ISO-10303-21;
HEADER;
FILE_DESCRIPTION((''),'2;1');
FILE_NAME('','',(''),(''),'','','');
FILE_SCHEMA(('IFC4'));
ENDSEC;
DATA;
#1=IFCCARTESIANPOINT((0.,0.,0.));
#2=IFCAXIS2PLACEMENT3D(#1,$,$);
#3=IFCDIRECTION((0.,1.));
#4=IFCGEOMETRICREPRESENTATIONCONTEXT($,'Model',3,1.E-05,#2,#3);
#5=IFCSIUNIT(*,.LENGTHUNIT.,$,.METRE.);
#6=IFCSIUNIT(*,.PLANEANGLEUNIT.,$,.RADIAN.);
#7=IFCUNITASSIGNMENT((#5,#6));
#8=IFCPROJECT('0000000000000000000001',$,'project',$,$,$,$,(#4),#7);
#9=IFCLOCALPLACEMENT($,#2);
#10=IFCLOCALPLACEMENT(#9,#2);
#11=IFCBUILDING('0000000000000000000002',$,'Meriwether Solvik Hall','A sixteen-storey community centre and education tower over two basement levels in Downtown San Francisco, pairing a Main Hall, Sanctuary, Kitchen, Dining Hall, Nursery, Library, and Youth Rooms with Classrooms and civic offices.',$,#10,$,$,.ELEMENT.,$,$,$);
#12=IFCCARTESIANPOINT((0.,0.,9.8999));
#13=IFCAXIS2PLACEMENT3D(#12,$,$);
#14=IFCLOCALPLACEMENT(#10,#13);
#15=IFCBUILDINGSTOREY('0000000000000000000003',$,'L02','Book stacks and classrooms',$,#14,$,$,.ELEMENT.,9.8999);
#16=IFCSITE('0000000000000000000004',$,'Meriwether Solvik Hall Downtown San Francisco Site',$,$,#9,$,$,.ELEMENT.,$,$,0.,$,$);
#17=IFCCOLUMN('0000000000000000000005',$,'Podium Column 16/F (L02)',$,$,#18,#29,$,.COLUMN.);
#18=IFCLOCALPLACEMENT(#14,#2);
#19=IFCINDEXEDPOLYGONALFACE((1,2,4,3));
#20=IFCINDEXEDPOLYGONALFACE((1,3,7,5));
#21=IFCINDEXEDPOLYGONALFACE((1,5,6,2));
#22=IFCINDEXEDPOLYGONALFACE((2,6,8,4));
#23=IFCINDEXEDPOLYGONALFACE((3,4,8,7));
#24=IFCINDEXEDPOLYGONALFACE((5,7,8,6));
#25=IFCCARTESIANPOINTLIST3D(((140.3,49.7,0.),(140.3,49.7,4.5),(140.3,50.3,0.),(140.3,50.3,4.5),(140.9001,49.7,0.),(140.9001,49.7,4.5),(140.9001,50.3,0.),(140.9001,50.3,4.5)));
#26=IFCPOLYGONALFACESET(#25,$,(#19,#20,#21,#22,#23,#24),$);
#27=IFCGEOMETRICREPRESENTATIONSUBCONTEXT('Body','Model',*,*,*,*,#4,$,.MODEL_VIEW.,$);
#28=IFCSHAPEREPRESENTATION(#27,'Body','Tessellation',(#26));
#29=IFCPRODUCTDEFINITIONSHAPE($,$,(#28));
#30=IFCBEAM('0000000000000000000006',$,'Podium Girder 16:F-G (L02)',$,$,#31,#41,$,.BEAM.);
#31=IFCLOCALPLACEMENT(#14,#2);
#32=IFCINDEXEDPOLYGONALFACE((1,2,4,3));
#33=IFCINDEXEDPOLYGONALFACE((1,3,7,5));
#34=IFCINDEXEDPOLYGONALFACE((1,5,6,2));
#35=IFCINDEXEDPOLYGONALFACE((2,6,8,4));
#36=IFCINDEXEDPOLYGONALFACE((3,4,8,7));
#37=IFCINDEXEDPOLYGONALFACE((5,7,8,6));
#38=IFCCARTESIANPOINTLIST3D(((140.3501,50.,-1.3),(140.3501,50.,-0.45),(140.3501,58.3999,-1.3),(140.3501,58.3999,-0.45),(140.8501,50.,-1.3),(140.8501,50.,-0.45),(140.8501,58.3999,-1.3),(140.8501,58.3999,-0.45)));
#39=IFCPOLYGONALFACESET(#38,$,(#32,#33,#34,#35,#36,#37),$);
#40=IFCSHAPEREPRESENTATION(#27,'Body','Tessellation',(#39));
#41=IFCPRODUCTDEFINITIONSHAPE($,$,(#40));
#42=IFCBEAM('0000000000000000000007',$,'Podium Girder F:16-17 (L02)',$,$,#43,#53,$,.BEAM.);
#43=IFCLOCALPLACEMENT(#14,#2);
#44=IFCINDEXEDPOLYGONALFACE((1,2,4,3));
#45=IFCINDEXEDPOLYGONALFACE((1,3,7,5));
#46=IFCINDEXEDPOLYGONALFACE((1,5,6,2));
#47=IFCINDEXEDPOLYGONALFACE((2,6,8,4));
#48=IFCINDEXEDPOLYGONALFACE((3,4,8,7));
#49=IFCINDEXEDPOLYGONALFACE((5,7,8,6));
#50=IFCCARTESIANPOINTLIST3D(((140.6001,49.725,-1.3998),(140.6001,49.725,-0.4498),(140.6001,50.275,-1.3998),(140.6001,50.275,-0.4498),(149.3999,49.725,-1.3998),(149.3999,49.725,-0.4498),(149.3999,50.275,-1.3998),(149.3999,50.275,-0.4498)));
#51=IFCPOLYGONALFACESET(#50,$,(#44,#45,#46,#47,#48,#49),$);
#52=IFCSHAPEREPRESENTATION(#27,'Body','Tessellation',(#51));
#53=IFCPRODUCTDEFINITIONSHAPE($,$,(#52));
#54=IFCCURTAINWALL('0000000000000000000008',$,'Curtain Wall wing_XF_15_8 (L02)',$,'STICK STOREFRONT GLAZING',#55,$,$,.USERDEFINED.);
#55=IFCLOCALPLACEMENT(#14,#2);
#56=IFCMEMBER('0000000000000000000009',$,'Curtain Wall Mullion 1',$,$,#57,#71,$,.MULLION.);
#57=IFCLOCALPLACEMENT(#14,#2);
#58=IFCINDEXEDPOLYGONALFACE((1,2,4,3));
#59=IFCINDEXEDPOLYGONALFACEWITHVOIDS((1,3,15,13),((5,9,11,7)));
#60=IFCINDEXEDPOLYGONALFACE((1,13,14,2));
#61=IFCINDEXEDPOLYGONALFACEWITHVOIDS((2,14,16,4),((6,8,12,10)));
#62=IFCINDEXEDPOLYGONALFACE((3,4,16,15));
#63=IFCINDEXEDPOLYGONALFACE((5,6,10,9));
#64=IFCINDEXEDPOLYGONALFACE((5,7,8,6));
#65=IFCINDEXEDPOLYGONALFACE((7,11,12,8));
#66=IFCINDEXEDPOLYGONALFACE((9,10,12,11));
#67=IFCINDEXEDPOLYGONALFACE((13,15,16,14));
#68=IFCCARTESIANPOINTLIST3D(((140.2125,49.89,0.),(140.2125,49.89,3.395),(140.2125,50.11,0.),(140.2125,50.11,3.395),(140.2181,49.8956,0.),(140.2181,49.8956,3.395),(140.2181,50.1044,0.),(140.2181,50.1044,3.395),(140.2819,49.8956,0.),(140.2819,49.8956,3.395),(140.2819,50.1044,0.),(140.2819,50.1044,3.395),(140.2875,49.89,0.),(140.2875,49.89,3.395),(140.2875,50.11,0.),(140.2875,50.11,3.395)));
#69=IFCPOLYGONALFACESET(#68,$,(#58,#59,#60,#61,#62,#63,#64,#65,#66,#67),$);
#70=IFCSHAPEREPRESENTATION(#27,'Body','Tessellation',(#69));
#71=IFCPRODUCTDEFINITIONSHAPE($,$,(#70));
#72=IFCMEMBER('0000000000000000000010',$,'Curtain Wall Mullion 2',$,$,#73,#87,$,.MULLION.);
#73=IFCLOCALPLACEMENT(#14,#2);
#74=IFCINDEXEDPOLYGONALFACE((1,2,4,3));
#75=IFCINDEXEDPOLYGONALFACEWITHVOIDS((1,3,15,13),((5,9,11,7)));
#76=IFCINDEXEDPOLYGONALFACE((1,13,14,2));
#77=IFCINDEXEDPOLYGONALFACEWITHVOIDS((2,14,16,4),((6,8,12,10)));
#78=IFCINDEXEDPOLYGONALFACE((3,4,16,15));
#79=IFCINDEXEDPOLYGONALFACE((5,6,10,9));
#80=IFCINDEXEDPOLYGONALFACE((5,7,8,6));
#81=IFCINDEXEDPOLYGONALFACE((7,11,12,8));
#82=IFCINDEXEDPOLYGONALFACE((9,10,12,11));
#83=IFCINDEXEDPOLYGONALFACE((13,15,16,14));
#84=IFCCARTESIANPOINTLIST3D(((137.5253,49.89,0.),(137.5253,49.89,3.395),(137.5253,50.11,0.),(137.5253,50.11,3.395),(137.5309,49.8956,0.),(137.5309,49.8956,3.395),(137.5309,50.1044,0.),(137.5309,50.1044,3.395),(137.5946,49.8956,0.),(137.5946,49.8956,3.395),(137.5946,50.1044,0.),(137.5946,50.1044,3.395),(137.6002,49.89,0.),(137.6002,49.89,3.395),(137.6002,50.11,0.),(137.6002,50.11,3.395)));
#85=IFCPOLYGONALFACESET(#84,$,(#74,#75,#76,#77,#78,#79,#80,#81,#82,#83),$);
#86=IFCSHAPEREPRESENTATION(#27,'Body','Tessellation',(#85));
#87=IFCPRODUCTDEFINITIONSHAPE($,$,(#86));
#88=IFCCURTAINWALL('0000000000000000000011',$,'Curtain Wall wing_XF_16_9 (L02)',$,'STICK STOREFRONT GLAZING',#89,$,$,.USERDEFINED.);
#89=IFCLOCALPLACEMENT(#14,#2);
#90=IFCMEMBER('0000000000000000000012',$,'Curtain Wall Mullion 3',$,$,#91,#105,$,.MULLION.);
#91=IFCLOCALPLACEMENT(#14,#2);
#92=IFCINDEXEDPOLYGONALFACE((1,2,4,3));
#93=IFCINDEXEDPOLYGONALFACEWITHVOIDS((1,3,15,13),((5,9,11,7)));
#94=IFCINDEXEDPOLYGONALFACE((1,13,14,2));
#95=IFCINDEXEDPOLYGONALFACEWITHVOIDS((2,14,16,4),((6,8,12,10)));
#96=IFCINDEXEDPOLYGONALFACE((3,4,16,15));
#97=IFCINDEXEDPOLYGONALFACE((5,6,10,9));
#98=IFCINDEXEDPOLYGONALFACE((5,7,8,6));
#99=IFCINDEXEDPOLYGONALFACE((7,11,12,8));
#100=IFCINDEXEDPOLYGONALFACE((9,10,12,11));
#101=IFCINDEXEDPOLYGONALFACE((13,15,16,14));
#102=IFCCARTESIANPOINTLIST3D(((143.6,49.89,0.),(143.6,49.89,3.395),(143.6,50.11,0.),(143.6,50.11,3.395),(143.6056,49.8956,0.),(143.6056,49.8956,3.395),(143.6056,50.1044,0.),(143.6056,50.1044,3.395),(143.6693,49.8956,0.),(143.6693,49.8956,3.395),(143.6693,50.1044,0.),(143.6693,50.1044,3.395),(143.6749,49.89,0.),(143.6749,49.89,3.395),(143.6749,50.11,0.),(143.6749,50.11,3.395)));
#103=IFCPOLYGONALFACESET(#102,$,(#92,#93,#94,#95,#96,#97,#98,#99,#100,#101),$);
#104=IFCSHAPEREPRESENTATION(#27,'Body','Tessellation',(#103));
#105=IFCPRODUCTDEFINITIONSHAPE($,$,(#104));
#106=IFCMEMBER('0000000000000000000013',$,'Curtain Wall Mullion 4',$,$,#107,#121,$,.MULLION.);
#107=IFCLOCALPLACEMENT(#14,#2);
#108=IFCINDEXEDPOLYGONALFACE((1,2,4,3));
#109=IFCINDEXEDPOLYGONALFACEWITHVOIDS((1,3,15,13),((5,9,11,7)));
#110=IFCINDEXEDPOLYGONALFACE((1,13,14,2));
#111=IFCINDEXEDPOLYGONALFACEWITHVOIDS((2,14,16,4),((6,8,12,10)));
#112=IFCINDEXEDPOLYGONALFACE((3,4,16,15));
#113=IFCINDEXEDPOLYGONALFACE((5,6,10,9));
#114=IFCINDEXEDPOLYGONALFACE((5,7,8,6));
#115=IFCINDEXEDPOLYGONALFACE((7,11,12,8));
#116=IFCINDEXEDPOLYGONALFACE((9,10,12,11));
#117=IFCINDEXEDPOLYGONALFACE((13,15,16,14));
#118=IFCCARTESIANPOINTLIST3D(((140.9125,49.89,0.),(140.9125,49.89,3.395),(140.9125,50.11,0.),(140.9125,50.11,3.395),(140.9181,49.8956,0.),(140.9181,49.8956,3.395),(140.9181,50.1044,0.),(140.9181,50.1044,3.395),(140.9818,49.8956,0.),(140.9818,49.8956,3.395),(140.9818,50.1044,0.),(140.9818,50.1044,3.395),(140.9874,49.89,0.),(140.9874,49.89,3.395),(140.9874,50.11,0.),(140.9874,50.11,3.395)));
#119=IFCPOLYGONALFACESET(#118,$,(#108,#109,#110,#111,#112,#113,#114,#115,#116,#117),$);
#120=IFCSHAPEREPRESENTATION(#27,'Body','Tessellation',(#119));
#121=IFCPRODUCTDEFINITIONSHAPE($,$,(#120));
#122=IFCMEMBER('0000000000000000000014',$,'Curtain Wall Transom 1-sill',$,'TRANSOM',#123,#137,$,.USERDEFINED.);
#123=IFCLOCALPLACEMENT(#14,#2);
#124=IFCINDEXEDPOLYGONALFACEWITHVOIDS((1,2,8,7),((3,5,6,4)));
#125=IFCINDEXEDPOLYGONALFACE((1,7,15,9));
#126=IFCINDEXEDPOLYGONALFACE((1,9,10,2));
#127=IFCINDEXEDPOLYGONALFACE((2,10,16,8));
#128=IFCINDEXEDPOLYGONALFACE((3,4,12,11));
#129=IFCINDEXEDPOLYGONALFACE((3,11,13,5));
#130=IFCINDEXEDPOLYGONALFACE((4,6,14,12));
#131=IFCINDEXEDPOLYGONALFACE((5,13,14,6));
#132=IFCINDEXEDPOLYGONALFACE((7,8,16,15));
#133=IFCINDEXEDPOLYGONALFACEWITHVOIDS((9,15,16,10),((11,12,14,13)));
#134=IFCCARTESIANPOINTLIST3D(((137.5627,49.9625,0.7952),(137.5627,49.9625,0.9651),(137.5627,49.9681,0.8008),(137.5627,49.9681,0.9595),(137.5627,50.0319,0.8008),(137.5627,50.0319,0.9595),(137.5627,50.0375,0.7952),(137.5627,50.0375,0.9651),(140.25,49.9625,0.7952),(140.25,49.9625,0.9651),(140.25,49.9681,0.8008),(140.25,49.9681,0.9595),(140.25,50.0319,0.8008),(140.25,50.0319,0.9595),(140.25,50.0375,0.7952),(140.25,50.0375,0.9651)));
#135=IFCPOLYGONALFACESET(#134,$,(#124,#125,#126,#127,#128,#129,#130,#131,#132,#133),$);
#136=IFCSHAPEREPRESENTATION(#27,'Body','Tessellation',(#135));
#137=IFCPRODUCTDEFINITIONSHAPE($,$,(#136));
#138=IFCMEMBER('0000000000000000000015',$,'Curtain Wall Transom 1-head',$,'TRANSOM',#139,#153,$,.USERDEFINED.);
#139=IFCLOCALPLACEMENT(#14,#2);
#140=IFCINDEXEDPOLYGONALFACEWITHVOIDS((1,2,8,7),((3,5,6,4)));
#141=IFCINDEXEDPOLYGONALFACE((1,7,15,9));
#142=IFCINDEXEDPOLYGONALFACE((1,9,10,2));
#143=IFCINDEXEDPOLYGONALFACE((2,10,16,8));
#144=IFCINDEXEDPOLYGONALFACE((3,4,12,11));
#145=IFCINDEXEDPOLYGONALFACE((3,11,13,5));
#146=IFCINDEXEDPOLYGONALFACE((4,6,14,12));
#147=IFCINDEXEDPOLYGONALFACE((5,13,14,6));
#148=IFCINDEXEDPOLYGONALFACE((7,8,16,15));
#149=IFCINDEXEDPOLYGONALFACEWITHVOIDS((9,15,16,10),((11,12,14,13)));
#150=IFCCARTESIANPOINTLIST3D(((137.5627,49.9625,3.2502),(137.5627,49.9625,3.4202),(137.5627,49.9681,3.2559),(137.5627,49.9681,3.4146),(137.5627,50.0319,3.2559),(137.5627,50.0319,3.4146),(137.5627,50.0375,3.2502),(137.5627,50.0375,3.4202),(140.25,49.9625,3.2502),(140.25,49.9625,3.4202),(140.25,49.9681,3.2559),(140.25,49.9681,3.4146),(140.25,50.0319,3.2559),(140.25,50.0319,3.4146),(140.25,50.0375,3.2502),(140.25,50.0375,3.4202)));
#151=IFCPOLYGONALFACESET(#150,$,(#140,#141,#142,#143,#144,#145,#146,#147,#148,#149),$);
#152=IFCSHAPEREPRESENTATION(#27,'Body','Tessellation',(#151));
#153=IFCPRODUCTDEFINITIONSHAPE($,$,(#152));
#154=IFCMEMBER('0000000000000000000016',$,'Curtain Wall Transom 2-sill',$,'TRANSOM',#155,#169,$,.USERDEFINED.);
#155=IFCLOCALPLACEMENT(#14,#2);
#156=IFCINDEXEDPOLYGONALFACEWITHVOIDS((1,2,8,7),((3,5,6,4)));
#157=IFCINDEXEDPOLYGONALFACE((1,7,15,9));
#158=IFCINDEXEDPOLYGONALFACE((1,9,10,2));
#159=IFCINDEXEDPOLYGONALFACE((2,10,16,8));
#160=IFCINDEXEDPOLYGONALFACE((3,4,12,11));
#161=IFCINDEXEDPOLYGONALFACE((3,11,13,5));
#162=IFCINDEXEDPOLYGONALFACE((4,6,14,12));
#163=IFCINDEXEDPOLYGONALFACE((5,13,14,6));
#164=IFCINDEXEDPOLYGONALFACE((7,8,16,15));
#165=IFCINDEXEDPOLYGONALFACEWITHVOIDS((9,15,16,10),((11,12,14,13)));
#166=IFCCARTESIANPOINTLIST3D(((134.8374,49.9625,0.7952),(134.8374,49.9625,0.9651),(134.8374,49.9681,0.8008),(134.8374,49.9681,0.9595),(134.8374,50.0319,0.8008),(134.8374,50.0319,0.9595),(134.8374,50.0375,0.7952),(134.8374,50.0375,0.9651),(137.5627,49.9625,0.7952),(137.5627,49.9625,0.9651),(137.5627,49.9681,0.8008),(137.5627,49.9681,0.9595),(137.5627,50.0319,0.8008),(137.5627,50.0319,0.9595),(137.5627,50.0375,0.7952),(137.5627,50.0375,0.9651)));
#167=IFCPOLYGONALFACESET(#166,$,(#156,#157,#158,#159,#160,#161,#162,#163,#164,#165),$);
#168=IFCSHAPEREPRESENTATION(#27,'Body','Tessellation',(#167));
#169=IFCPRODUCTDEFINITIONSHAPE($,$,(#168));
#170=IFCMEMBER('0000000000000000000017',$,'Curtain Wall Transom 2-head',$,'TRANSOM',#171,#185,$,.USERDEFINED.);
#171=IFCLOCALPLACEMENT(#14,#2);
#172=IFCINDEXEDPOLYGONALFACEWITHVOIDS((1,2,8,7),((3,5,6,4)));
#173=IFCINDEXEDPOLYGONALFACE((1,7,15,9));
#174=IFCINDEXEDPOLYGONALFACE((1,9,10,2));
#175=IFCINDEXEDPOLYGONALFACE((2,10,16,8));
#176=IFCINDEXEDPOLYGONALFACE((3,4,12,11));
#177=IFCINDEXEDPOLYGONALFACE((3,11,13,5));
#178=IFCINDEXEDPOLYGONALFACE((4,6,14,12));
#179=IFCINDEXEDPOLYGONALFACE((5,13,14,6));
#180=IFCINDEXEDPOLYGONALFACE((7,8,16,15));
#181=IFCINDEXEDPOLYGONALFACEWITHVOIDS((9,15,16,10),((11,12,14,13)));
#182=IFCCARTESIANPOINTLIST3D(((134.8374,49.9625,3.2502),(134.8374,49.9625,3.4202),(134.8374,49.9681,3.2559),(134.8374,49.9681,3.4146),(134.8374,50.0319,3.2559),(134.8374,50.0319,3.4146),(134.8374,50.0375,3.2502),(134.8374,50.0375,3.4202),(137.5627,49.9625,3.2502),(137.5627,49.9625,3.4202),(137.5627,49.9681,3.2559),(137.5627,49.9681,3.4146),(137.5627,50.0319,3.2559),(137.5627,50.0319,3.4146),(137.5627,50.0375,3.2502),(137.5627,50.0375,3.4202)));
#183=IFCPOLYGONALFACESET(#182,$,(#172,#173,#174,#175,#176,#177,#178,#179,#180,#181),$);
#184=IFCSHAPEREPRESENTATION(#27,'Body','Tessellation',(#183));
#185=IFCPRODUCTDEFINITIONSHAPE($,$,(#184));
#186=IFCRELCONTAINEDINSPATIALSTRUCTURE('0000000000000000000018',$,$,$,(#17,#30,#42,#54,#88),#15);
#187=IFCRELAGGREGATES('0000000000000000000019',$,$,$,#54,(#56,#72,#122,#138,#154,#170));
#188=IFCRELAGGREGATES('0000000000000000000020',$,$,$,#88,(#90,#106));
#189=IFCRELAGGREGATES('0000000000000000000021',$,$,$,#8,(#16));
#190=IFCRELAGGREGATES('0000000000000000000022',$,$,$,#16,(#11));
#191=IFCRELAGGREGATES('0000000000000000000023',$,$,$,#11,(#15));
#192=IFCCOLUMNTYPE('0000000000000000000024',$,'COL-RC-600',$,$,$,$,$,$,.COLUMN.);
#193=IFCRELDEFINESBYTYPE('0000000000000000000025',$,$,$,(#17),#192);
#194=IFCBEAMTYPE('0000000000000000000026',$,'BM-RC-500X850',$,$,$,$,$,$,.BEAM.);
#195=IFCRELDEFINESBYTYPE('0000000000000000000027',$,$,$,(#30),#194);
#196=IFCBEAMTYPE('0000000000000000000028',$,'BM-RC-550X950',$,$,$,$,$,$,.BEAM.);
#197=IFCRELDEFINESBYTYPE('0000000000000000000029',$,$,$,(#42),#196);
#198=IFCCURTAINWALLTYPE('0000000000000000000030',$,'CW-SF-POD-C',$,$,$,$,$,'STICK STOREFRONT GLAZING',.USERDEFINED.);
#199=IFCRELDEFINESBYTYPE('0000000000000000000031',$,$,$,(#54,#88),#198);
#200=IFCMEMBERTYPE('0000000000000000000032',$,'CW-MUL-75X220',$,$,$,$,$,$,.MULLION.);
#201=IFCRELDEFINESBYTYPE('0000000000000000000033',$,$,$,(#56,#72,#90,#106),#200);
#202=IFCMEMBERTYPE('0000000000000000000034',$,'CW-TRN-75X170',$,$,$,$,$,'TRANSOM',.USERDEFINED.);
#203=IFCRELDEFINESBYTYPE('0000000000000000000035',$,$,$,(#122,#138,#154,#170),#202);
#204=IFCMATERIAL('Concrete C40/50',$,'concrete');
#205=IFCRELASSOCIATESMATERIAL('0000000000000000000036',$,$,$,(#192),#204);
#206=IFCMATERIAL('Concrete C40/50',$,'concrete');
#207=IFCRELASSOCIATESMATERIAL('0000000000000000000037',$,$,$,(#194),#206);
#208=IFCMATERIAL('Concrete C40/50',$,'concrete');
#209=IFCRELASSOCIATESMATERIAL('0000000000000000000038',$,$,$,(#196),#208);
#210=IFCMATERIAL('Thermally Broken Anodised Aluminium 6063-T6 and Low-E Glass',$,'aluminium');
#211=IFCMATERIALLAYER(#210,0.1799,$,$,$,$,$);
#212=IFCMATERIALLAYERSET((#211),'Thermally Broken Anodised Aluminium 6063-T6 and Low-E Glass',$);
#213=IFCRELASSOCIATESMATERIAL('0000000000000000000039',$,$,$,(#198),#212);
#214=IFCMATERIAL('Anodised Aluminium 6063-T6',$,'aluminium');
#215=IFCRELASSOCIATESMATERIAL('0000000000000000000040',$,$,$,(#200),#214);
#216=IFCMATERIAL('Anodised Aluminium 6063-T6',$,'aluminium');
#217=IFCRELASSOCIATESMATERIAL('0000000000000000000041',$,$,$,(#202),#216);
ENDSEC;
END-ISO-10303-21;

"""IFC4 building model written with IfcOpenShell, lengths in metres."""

from ifc_helpers import new_model, si_unit, direction, frame, origin, origin_2d, place, context, subcontext, project, spatial, rectangle, hollow_rectangle, extrude, material, layer, layer_set, material_profile, profile_set, type_object, element, aggregate, save


model = new_model("IFC4")

# Units and contexts
model_context = context("Model", 3, precision=1e-05, world=origin(), true_north=direction((0.0, 1.0)))
body_context = subcontext(model_context, "Body", "Model", "MODEL_VIEW")
ifc_project = project(units=[si_unit("LENGTHUNIT", "METRE"), si_unit("PLANEANGLEUNIT", "RADIAN")], contexts=[model_context])

# Site, building, storey
site_placement = place(None, origin())
site = spatial("IfcSite", under=ifc_project, at=site_placement, Name="Meriwether Solvik Hall Downtown San Francisco Site", CompositionType="ELEMENT", RefElevation=0.0)
building_placement = place(site_placement, origin())
building = spatial("IfcBuilding", under=site, at=building_placement, Name="Meriwether Solvik Hall", Description="A sixteen-storey community centre and education tower over two basement levels in Downtown San Francisco, pairing a Main Hall, Sanctuary, Kitchen, Dining Hall, Nursery, Library, and Youth Rooms with Classrooms and civic offices.", CompositionType="ELEMENT")
storey_placement = place(building_placement, frame((0.0, 0.0, 9.8999)))
storey = spatial("IfcBuildingStorey", under=building, at=storey_placement, Name="L02", Description="Book stacks and classrooms", CompositionType="ELEMENT", Elevation=9.8999)

# Column
ifc_material_1 = material(Name="Concrete C40/50", Category="concrete")
ifc_material_profile_1 = material_profile(ifc_material_1, rectangle(XDim=0.6001, YDim=0.6001, at=origin_2d()), Name="RCC-600X600")
ifc_profile_set_1 = profile_set([ifc_material_profile_1], Name="Concrete C40/50")
column_type = type_object("IfcColumnType", Name="COL-RC-600", PredefinedType="COLUMN", material=ifc_profile_set_1)
column_placement = place(storey_placement, frame((140.6001, 50.0, 0.0), z_axis=(0.0, 0.0, 1.0), x_axis=(1.0, 0.0, 0.0)))
element("IfcColumn", 1, at=column_placement, inside=storey, type_object=column_type, Name="Podium Column 16/F (L02)", PredefinedType="COLUMN", context=body_context, shape_type="SweptSolid", body=[
    extrude(rectangle(XDim=0.6001, YDim=0.6001, at=origin_2d()), origin(), (0.0, 0.0, 1.0), 4.5),
])

# Beams
ifc_material_2 = material(Name="Concrete C40/50", Category="concrete")
ifc_material_profile_2 = material_profile(ifc_material_2, rectangle(XDim=0.5, YDim=0.8501, at=origin_2d()), Name="RCB-500X850")
ifc_profile_set_2 = profile_set([ifc_material_profile_2], Name="Concrete C40/50")
beam_type_1 = type_object("IfcBeamType", Name="BM-RC-500X850", PredefinedType="BEAM", material=ifc_profile_set_2)
beam_1_placement = place(storey_placement, frame((140.6001, 50.0, -0.875), z_axis=(0.0, 1.0, 0.0), x_axis=(-1.0, 0.0, 0.0)))
element("IfcBeam", 2, at=beam_1_placement, inside=storey, type_object=beam_type_1, Name="Podium Girder 16:F-G (L02)", PredefinedType="BEAM", context=body_context, shape_type="SweptSolid", body=[
    extrude(rectangle(XDim=0.5, YDim=0.8501, at=origin_2d()), origin(), (0.0, 0.0, 1.0), 8.3999),
])
ifc_material_3 = material(Name="Concrete C40/50", Category="concrete")
ifc_material_profile_3 = material_profile(ifc_material_3, rectangle(XDim=0.55, YDim=0.95, at=origin_2d()), Name="RCB-550X950")
ifc_profile_set_3 = profile_set([ifc_material_profile_3], Name="Concrete C40/50")
beam_type_2 = type_object("IfcBeamType", Name="BM-RC-550X950", PredefinedType="BEAM", material=ifc_profile_set_3)
beam_2_placement = place(storey_placement, frame((140.6001, 50.0, -0.9248), z_axis=(1.0, 0.0, 0.0), x_axis=(0.0, 1.0, 0.0)))
element("IfcBeam", 3, at=beam_2_placement, inside=storey, type_object=beam_type_2, Name="Podium Girder F:16-17 (L02)", PredefinedType="BEAM", context=body_context, shape_type="SweptSolid", body=[
    extrude(rectangle(XDim=0.55, YDim=0.95, at=origin_2d()), origin(), (0.0, 0.0, 1.0), 8.7998),
])

# Curtain walls, members
ifc_material_4 = material(Name="Thermally Broken Anodised Aluminium 6063-T6 and Low-E Glass", Category="aluminium")
ifc_layer_1 = layer(ifc_material_4, 0.1799)
ifc_layer_set_1 = layer_set([ifc_layer_1], Name="Thermally Broken Anodised Aluminium 6063-T6 and Low-E Glass")
curtain_wall_type = type_object("IfcCurtainWallType", Name="CW-SF-POD-C", ElementType="STICK STOREFRONT GLAZING", PredefinedType="USERDEFINED", material=ifc_layer_set_1)
curtain_wall_1_placement = place(storey_placement, origin())
curtain_wall_1 = element("IfcCurtainWall", 4, at=curtain_wall_1_placement, inside=storey, type_object=curtain_wall_type, Name="Curtain Wall wing_XF_15_8 (L02)", ObjectType="STICK STOREFRONT GLAZING", PredefinedType="USERDEFINED")
ifc_material_5 = material(Name="Anodised Aluminium 6063-T6", Category="aluminium")
ifc_material_profile_4 = material_profile(ifc_material_5, hollow_rectangle(XDim=0.075, YDim=0.22, WallThickness=0.0056, at=origin_2d()), Name="CWM-75X220")
ifc_profile_set_4 = profile_set([ifc_material_profile_4], Name="Anodised Aluminium 6063-T6")
member_type_1 = type_object("IfcMemberType", Name="CW-MUL-75X220", PredefinedType="MULLION", material=ifc_profile_set_4)
member_1_placement = place(storey_placement, frame((140.25, 50.0, 0.0), z_axis=(0.0, 0.0, 1.0), x_axis=(-1.0, 0.0, 0.0)))
member_1 = element("IfcMember", 5, at=member_1_placement, type_object=member_type_1, Name="Curtain Wall Mullion 1", PredefinedType="MULLION", context=body_context, shape_type="SweptSolid", body=[
    extrude(hollow_rectangle(XDim=0.075, YDim=0.22, WallThickness=0.0056, at=origin_2d()), origin(), (0.0, 0.0, 1.0), 3.395),
])
member_2_placement = place(storey_placement, frame((137.5627, 50.0, 0.0), z_axis=(0.0, 0.0, 1.0), x_axis=(-1.0, 0.0, 0.0)))
member_2 = element("IfcMember", 6, at=member_2_placement, type_object=member_type_1, Name="Curtain Wall Mullion 2", PredefinedType="MULLION", context=body_context, shape_type="SweptSolid", body=[
    extrude(hollow_rectangle(XDim=0.075, YDim=0.22, WallThickness=0.0056, at=origin_2d()), origin(), (0.0, 0.0, 1.0), 3.395),
])
curtain_wall_2_placement = place(storey_placement, origin())
curtain_wall_2 = element("IfcCurtainWall", 7, at=curtain_wall_2_placement, inside=storey, type_object=curtain_wall_type, Name="Curtain Wall wing_XF_16_9 (L02)", ObjectType="STICK STOREFRONT GLAZING", PredefinedType="USERDEFINED")
member_3_placement = place(storey_placement, frame((143.6375, 50.0, 0.0), z_axis=(0.0, 0.0, 1.0), x_axis=(-1.0, 0.0, 0.0)))
member_3 = element("IfcMember", 8, at=member_3_placement, type_object=member_type_1, Name="Curtain Wall Mullion 3", PredefinedType="MULLION", context=body_context, shape_type="SweptSolid", body=[
    extrude(hollow_rectangle(XDim=0.075, YDim=0.22, WallThickness=0.0056, at=origin_2d()), origin(), (0.0, 0.0, 1.0), 3.395),
])
member_4_placement = place(storey_placement, frame((140.95, 50.0, 0.0), z_axis=(0.0, 0.0, 1.0), x_axis=(-1.0, 0.0, 0.0)))
member_4 = element("IfcMember", 9, at=member_4_placement, type_object=member_type_1, Name="Curtain Wall Mullion 4", PredefinedType="MULLION", context=body_context, shape_type="SweptSolid", body=[
    extrude(hollow_rectangle(XDim=0.075, YDim=0.22, WallThickness=0.0056, at=origin_2d()), origin(), (0.0, 0.0, 1.0), 3.395),
])

# Members
ifc_material_6 = material(Name="Anodised Aluminium 6063-T6", Category="aluminium")
ifc_material_profile_5 = material_profile(ifc_material_6, hollow_rectangle(XDim=0.075, YDim=0.1699, WallThickness=0.0056, at=origin_2d()), Name="CWT-75X170")
ifc_profile_set_5 = profile_set([ifc_material_profile_5], Name="Anodised Aluminium 6063-T6")
member_type_2 = type_object("IfcMemberType", Name="CW-TRN-75X170", ElementType="TRANSOM", PredefinedType="USERDEFINED", material=ifc_profile_set_5)
member_5_placement = place(storey_placement, frame((140.25, 50.0, 0.8801), z_axis=(-1.0, 0.0, 0.0), x_axis=(0.0, -1.0, 0.0)))
member_5 = element("IfcMember", 10, at=member_5_placement, type_object=member_type_2, Name="Curtain Wall Transom 1-sill", ObjectType="TRANSOM", PredefinedType="USERDEFINED", context=body_context, shape_type="SweptSolid", body=[
    extrude(hollow_rectangle(XDim=0.075, YDim=0.1699, WallThickness=0.0056, at=origin_2d()), origin(), (0.0, 0.0, 1.0), 2.6873),
])
member_6_placement = place(storey_placement, frame((140.25, 50.0, 3.3352), z_axis=(-1.0, 0.0, 0.0), x_axis=(0.0, -1.0, 0.0)))
member_6 = element("IfcMember", 11, at=member_6_placement, type_object=member_type_2, Name="Curtain Wall Transom 1-head", ObjectType="TRANSOM", PredefinedType="USERDEFINED", context=body_context, shape_type="SweptSolid", body=[
    extrude(hollow_rectangle(XDim=0.075, YDim=0.1699, WallThickness=0.0056, at=origin_2d()), origin(), (0.0, 0.0, 1.0), 2.6873),
])
member_7_placement = place(storey_placement, frame((137.5627, 50.0, 0.8801), z_axis=(-1.0, 0.0, 0.0), x_axis=(0.0, -1.0, 0.0)))
member_7 = element("IfcMember", 12, at=member_7_placement, type_object=member_type_2, Name="Curtain Wall Transom 2-sill", ObjectType="TRANSOM", PredefinedType="USERDEFINED", context=body_context, shape_type="SweptSolid", body=[
    extrude(hollow_rectangle(XDim=0.075, YDim=0.1699, WallThickness=0.0056, at=origin_2d()), origin(), (0.0, 0.0, 1.0), 2.7253),
])
member_8_placement = place(storey_placement, frame((137.5627, 50.0, 3.3352), z_axis=(-1.0, 0.0, 0.0), x_axis=(0.0, -1.0, 0.0)))
member_8 = element("IfcMember", 13, at=member_8_placement, type_object=member_type_2, Name="Curtain Wall Transom 2-head", ObjectType="TRANSOM", PredefinedType="USERDEFINED", context=body_context, shape_type="SweptSolid", body=[
    extrude(hollow_rectangle(XDim=0.075, YDim=0.1699, WallThickness=0.0056, at=origin_2d()), origin(), (0.0, 0.0, 1.0), 2.7253),
])

aggregate(curtain_wall_1, [member_1, member_2, member_5, member_6, member_7, member_8])
aggregate(curtain_wall_2, [member_3, member_4])

save(model, "model.ifc")
